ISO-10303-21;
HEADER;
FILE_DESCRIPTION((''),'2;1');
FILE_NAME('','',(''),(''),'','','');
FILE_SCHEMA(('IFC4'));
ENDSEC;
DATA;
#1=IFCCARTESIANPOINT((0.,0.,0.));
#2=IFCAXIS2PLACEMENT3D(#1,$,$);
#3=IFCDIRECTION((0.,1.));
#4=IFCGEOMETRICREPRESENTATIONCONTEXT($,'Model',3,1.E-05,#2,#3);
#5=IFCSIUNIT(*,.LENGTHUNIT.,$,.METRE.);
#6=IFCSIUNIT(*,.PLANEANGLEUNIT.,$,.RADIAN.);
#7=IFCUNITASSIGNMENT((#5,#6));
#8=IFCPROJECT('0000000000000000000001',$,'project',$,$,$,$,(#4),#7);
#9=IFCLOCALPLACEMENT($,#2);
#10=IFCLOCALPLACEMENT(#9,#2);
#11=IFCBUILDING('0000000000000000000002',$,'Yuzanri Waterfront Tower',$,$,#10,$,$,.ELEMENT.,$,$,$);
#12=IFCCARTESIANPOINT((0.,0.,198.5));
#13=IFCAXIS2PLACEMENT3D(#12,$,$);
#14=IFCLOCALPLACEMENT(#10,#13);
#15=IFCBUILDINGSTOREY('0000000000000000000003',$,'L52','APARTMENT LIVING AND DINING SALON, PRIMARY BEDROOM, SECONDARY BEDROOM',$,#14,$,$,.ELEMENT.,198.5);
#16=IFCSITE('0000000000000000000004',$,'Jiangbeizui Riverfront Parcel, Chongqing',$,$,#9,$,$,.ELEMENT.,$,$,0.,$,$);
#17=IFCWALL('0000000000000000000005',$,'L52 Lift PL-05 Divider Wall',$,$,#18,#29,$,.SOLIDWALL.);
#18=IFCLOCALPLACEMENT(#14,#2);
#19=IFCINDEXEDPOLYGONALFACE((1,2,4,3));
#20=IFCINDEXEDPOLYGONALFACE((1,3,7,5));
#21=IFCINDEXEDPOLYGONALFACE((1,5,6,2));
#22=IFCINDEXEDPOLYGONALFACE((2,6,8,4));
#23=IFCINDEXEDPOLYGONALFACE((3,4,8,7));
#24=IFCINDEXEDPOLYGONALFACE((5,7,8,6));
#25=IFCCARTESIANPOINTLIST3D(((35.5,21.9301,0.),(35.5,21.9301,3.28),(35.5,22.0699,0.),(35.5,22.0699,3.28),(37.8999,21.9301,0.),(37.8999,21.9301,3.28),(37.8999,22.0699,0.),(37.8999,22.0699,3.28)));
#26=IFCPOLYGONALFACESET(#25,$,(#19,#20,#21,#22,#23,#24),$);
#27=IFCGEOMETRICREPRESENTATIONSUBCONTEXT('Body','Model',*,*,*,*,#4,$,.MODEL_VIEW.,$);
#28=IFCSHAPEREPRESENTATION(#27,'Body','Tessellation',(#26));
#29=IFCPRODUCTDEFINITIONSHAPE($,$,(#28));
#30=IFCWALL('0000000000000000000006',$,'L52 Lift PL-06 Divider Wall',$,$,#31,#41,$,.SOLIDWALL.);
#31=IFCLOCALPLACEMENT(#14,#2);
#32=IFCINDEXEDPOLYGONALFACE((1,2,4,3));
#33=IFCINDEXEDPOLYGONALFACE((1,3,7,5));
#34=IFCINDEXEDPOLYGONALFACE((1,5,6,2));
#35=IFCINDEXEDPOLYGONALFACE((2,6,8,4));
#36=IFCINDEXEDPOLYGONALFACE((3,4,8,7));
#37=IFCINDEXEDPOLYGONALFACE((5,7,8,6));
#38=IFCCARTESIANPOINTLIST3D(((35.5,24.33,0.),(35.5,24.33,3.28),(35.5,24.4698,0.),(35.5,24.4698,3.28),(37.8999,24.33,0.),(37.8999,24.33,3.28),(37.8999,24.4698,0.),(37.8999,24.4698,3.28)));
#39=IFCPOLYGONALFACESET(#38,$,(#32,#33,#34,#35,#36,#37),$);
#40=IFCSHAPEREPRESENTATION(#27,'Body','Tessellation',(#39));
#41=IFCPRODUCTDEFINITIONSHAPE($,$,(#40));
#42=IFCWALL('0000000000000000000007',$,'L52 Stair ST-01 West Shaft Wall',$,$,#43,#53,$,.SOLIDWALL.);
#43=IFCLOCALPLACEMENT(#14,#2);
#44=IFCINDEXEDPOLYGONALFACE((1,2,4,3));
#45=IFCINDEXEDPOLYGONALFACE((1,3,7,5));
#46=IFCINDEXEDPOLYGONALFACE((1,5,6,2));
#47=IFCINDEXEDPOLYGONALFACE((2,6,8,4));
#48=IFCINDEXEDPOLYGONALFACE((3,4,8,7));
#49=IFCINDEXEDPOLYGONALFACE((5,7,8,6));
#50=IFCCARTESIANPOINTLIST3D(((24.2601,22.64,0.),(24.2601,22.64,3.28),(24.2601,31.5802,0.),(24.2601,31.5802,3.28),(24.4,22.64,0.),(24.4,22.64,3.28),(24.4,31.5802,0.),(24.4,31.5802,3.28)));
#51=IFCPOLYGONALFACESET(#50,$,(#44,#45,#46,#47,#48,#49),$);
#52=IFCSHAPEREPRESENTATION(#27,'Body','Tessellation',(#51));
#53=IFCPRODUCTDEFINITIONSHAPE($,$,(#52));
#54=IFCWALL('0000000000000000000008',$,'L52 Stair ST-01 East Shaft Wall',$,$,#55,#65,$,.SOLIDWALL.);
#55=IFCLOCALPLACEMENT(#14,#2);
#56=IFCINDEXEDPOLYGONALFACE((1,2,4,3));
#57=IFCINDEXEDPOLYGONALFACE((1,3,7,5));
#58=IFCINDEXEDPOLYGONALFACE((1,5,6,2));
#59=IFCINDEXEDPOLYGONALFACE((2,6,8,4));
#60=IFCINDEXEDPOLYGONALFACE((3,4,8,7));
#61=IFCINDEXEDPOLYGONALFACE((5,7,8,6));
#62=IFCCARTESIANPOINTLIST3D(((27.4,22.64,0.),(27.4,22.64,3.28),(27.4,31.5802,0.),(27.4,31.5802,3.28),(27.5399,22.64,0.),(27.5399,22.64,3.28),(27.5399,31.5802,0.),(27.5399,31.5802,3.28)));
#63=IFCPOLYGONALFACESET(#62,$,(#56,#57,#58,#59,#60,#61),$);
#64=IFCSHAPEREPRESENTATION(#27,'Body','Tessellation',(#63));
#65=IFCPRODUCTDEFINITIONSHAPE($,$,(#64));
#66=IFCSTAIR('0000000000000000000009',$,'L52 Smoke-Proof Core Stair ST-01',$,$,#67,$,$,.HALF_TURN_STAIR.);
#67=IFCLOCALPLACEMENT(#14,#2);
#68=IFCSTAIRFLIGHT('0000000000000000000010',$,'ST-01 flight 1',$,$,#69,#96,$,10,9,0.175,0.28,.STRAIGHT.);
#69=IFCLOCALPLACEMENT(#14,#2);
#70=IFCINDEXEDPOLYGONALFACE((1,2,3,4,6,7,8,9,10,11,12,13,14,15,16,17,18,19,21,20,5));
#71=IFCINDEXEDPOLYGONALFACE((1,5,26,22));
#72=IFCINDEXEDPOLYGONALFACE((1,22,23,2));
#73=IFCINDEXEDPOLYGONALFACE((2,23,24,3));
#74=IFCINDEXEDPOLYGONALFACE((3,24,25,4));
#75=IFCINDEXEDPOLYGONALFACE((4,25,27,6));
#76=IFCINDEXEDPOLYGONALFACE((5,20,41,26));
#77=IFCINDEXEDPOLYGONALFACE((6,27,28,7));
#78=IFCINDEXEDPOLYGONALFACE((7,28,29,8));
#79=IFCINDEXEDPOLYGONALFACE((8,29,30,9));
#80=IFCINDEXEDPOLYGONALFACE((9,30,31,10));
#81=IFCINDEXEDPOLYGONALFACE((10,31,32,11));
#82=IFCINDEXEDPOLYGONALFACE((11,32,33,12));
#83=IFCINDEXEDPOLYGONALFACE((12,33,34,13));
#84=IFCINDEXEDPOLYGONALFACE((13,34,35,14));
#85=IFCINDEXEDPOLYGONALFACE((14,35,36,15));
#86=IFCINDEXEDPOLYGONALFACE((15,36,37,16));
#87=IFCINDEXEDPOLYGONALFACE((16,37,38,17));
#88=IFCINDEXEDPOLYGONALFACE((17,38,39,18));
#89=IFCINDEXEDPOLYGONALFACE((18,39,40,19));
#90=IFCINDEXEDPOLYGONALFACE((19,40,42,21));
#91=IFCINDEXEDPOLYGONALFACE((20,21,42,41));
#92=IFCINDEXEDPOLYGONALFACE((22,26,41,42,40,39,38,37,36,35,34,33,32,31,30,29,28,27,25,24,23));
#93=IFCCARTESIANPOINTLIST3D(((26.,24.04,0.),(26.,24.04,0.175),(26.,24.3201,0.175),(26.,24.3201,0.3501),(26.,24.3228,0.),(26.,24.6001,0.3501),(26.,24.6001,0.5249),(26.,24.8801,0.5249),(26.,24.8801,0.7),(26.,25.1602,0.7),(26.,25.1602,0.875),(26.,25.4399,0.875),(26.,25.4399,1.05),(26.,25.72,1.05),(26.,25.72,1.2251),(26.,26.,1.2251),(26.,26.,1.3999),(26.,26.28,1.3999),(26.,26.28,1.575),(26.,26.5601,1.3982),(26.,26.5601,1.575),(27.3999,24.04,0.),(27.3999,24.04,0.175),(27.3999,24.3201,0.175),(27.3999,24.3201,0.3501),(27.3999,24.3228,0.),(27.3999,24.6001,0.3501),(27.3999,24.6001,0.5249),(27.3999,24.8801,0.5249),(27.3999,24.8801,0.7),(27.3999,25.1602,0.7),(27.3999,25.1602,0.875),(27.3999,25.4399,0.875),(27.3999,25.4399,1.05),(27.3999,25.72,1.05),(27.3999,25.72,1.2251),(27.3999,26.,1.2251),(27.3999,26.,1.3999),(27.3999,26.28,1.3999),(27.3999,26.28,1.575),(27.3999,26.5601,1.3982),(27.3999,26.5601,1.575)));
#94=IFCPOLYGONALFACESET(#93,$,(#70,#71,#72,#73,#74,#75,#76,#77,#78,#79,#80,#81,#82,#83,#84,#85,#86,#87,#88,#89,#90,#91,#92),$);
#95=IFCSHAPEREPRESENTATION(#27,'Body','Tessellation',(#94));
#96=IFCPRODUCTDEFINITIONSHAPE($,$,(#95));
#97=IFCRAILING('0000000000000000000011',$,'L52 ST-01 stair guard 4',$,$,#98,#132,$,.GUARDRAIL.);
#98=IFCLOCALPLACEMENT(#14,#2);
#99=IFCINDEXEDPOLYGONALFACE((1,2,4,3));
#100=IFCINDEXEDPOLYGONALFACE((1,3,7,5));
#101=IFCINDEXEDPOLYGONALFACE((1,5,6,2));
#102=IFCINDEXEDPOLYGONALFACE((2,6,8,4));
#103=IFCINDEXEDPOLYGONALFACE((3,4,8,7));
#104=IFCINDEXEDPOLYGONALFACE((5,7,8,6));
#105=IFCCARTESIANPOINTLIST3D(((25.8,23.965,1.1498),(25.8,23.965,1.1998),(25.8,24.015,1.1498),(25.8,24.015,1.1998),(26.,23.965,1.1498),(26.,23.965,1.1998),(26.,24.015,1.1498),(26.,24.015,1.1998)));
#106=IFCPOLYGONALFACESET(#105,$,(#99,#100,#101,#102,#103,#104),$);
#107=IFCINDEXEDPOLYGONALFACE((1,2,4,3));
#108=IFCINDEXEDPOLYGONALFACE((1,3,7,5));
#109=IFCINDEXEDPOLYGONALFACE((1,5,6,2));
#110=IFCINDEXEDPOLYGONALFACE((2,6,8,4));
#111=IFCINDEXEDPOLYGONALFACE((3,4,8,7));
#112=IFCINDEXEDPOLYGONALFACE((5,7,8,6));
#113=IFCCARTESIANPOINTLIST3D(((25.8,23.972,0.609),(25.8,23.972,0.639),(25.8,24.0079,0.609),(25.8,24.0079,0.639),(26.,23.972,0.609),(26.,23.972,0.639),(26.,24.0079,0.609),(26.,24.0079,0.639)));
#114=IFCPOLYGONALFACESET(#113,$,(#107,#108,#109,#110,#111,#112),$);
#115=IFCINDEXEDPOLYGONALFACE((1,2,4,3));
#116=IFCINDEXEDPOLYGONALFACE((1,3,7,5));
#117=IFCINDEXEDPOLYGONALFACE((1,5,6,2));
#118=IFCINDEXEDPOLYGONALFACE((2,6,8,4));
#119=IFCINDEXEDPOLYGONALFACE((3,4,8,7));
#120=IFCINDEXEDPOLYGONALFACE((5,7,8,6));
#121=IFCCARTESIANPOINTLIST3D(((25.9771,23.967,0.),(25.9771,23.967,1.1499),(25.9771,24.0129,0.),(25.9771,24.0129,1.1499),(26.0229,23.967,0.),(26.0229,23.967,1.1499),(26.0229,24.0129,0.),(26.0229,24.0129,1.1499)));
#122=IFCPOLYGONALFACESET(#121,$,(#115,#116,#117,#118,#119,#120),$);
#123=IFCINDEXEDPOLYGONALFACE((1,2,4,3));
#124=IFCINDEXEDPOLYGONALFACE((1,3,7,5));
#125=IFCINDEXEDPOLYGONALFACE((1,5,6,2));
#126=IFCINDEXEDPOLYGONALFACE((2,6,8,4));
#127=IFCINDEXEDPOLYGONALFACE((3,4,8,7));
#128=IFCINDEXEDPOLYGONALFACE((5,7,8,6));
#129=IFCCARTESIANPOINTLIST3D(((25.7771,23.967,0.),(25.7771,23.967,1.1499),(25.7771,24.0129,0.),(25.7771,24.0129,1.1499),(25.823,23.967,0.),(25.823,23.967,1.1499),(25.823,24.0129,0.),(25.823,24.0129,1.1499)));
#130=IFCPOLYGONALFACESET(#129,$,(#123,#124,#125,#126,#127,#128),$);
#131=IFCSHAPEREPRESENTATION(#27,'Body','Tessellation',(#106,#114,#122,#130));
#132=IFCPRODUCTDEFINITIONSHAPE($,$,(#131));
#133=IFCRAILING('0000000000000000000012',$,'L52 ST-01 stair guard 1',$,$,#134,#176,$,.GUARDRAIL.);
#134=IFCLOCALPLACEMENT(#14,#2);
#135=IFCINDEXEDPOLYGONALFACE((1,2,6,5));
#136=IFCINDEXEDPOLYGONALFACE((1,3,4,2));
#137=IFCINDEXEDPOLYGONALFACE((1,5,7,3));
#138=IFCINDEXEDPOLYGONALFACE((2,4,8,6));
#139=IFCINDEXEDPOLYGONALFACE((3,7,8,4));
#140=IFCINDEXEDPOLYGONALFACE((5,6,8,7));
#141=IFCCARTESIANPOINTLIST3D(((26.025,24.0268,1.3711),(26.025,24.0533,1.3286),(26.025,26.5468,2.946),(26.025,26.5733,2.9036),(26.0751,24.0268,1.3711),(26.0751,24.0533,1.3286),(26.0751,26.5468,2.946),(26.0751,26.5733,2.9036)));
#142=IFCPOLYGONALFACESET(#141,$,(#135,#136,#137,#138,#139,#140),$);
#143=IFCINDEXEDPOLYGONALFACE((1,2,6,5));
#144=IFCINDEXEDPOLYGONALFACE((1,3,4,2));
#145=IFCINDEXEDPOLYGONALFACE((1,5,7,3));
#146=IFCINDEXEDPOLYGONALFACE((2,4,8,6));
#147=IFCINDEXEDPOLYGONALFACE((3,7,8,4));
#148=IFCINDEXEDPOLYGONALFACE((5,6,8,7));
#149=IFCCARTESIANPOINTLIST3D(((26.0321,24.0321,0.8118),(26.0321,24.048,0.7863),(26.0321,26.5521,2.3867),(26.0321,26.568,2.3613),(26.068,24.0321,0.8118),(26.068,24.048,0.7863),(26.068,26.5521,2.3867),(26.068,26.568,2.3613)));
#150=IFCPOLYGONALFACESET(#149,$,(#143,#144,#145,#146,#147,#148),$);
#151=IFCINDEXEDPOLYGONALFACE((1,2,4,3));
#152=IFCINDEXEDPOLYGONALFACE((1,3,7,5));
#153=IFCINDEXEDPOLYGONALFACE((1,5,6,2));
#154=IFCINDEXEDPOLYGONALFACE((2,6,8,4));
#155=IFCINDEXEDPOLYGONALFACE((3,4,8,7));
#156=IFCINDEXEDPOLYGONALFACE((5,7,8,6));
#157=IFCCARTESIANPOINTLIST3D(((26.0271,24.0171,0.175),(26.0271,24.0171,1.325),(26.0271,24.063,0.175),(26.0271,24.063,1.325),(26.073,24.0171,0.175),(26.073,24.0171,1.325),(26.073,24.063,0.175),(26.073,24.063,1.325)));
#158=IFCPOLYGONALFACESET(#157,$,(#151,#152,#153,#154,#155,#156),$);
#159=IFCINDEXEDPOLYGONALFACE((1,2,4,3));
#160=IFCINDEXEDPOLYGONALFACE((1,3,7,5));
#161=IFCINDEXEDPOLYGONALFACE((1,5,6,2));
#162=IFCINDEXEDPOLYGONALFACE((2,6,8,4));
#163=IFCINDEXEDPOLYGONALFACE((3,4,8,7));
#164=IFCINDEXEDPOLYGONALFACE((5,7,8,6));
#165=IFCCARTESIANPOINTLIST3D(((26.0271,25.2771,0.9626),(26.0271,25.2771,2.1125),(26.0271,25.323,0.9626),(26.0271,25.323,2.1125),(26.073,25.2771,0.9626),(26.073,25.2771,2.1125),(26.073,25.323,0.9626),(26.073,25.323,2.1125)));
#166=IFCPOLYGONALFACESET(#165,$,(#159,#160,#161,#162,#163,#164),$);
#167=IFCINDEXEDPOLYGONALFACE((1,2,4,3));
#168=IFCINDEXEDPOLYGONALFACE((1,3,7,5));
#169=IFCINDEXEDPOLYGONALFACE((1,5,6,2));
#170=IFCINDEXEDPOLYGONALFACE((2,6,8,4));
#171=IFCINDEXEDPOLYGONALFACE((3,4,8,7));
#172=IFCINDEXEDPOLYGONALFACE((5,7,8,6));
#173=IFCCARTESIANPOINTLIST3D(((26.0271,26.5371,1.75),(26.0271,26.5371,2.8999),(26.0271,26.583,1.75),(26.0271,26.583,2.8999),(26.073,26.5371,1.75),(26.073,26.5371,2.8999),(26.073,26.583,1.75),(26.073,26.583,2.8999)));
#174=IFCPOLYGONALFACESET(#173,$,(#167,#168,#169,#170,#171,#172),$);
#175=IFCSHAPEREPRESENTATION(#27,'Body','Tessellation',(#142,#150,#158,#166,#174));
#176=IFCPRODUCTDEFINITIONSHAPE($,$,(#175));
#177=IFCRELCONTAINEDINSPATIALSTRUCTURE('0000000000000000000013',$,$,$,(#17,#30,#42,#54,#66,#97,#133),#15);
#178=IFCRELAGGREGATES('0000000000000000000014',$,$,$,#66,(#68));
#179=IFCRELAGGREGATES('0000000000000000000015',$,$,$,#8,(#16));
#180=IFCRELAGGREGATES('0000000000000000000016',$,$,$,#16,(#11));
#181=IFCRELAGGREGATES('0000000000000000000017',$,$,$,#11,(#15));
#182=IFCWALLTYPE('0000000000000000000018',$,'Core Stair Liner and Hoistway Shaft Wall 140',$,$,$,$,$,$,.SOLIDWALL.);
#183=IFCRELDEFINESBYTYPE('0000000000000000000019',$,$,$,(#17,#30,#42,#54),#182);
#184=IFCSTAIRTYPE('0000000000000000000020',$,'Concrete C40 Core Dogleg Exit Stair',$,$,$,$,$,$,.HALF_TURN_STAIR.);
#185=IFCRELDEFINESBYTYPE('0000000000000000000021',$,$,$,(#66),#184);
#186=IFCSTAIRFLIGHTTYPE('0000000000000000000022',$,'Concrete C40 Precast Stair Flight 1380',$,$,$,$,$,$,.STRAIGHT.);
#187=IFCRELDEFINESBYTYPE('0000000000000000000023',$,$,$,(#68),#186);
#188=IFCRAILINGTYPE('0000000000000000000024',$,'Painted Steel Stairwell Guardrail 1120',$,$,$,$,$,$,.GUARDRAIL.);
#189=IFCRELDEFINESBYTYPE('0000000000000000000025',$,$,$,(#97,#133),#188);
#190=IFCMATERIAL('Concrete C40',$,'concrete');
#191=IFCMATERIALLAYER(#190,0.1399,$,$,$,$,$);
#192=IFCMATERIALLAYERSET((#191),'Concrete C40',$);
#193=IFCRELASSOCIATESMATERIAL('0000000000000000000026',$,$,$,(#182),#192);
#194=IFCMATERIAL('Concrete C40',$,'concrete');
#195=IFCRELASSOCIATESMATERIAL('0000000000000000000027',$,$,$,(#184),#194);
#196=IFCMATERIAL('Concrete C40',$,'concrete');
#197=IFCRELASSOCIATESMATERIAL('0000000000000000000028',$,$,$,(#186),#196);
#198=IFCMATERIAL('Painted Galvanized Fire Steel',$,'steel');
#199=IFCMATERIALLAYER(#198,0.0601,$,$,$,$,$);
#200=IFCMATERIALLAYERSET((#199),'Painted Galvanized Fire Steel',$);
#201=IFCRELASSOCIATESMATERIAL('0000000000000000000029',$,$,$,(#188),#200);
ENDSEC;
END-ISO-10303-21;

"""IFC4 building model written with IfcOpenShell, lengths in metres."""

from ifc_helpers import new_model, si_unit, direction, frame, frame_2d, origin, origin_2d, place, context, subcontext, project, spatial, polyline, rectangle, outline, extrude, source, transform, mapped, material, layer, layer_set, type_object, element, aggregate, save


model = new_model("IFC4")

# Units and contexts
model_context = context("Model", 3, precision=1e-05, world=origin(), true_north=direction((0.0, 1.0)))
body_context = subcontext(model_context, "Body", "Model", "MODEL_VIEW")
ifc_project = project(units=[si_unit("LENGTHUNIT", "METRE"), si_unit("PLANEANGLEUNIT", "RADIAN")], contexts=[model_context])

# Site, building, storey
site_placement = place(None, origin())
site = spatial("IfcSite", under=ifc_project, at=site_placement, Name="Jiangbeizui Riverfront Parcel, Chongqing", CompositionType="ELEMENT", RefElevation=0.0)
building_placement = place(site_placement, origin())
building = spatial("IfcBuilding", under=site, at=building_placement, Name="Yuzanri Waterfront Tower", CompositionType="ELEMENT")
storey_placement = place(building_placement, frame((0.0, 0.0, 198.5)))
storey = spatial("IfcBuildingStorey", under=building, at=storey_placement, Name="L52", Description="APARTMENT LIVING AND DINING SALON, PRIMARY BEDROOM, SECONDARY BEDROOM", CompositionType="ELEMENT", Elevation=198.5)

# Shared definitions
ifc_material_1 = material(Name="Concrete C40", Category="concrete")
ifc_layer_1 = layer(ifc_material_1, 0.1399)
ifc_layer_set_1 = layer_set([ifc_layer_1], Name="Concrete C40")
wall_type_1 = type_object("IfcWallType", Name="Core Stair Liner and Hoistway Shaft Wall 140", PredefinedType="SOLIDWALL", material=ifc_layer_set_1)

# Walls
shared_shape_1 = source(origin(), body_context, "Body", "SweptSolid", [
    extrude(rectangle(XDim=2.3999, YDim=0.1399, at=frame_2d((1.2, 0.0))), origin(), (0.0, 0.0, 1.0), 3.28),
])
for number, where, z_axis, x_axis, name in (
    (1, (35.5, 22.0, 0.0), (0.0, 0.0, 1.0), (1.0, 0.0, 0.0), "L52 Lift PL-05 Divider Wall"),
    (2, (35.5, 24.3999, 0.0), (0.0, 0.0, 1.0), (1.0, 0.0, 0.0), "L52 Lift PL-06 Divider Wall"),
):
    element("IfcWall", number, at=place(storey_placement, frame(where, z_axis=z_axis, x_axis=x_axis)), inside=storey, type_object=wall_type_1, Name=name, PredefinedType="SOLIDWALL", context=body_context, shape_type="MappedRepresentation", body=[
        mapped(shared_shape_1, transform((0.0, 0.0, 0.0), scale=1.0)),
    ])
shared_shape_2 = source(origin(), body_context, "Body", "SweptSolid", [
    extrude(rectangle(XDim=8.9402, YDim=0.1399, at=frame_2d((4.4702, 0.0))), origin(), (0.0, 0.0, 1.0), 3.28),
])
for number, where, z_axis, x_axis, name in (
    (3, (24.3301, 22.6399, 0.0), (0.0, 0.0, 1.0), (0.0, 1.0, 0.0), "L52 Stair ST-01 West Shaft Wall"),
    (4, (27.47, 22.6399, 0.0), (0.0, 0.0, 1.0), (0.0, 1.0, 0.0), "L52 Stair ST-01 East Shaft Wall"),
):
    element("IfcWall", number, at=place(storey_placement, frame(where, z_axis=z_axis, x_axis=x_axis)), inside=storey, type_object=wall_type_1, Name=name, PredefinedType="SOLIDWALL", context=body_context, shape_type="MappedRepresentation", body=[
        mapped(shared_shape_2, transform((0.0, 0.0, 0.0), scale=1.0)),
    ])

# Stair, stair flight
ifc_material_2 = material(Name="Concrete C40", Category="concrete")
stair_type = type_object("IfcStairType", Name="Concrete C40 Core Dogleg Exit Stair", PredefinedType="HALF_TURN_STAIR", material=ifc_material_2)
stair_placement = place(storey_placement, origin())
stair = element("IfcStair", 5, at=stair_placement, inside=storey, type_object=stair_type, Name="L52 Smoke-Proof Core Stair ST-01", PredefinedType="HALF_TURN_STAIR")
ifc_material_3 = material(Name="Concrete C40", Category="concrete")
stair_flight_type = type_object("IfcStairFlightType", Name="Concrete C40 Precast Stair Flight 1380", PredefinedType="STRAIGHT", material=ifc_material_3)
shared_shape_3 = source(origin(), body_context, "Body", "SweptSolid", [
    extrude(outline(polyline([(0.0, 0.0), (0.0, 0.175), (0.28, 0.175), (0.28, 0.3501), (0.5601, 0.3501), (0.5601, 0.5249), (0.8401, 0.5249), (0.8401, 0.7), (1.1201, 0.7), (1.1201, 0.875), (1.3999, 0.875), (1.3999, 1.05), (1.6799, 1.05), (1.6799, 1.2251), (1.96, 1.2251), (1.96, 1.3999), (2.24, 1.3999), (2.24, 1.575), (2.52, 1.575), (2.52, 1.75), (2.52, 1.3982), (0.2827, 0.0), (0.0, 0.0)])), frame((0.0, 0.7, 0.0), z_axis=(0.0, -1.0, 0.0), x_axis=(1.0, 0.0, 0.0)), (0.0, 0.0, 1.0), 1.3999),
])
stair_flight_placement = place(storey_placement, frame((26.7, 24.04, 0.0), z_axis=(0.0, 0.0, 1.0), x_axis=(0.0, 1.0, 0.0)))
stair_flight = element("IfcStairFlight", 6, at=stair_flight_placement, type_object=stair_flight_type, Name="ST-01 flight 1", NumberOfRisers=10, NumberOfTreads=9, PredefinedType="STRAIGHT", RiserHeight=0.175, TreadLength=0.28, context=body_context, shape_type="MappedRepresentation", body=[
    mapped(shared_shape_3, transform((0.0, 0.0, 0.0), scale=1.0)),
])
aggregate(stair, [stair_flight])

# Railings
ifc_material_4 = material(Name="Painted Galvanized Fire Steel", Category="steel")
ifc_layer_2 = layer(ifc_material_4, 0.0601)
ifc_layer_set_2 = layer_set([ifc_layer_2], Name="Painted Galvanized Fire Steel")
railing_type_1 = type_object("IfcRailingType", Name="Painted Steel Stairwell Guardrail 1120", PredefinedType="GUARDRAIL", material=ifc_layer_set_2)
shared_shape_4 = source(origin(), body_context, "Body", "SweptSolid", [
    extrude(rectangle(XDim=0.05, YDim=0.05, at=origin_2d()), frame((0.0, 0.0, 1.1748), z_axis=(-1.0, 0.0, 0.0), x_axis=(0.0, -1.0, 0.0)), (0.0, 0.0, 1.0), 0.2),
    extrude(rectangle(XDim=0.0359, YDim=0.03, at=origin_2d()), frame((0.0, 0.0, 0.624), z_axis=(-1.0, 0.0, 0.0), x_axis=(0.0, -1.0, 0.0)), (0.0, 0.0, 1.0), 0.2),
    extrude(rectangle(XDim=0.0459, YDim=0.0459, at=origin_2d()), origin(), (0.0, 0.0, 1.0), 1.1499),
    extrude(rectangle(XDim=0.0459, YDim=0.0459, at=origin_2d()), frame((-0.2, 0.0, 0.0)), (0.0, 0.0, 1.0), 1.1499),
])
railing_1_placement = place(storey_placement, frame((26.0, 23.99, 0.0)))
element("IfcRailing", 7, at=railing_1_placement, inside=storey, type_object=railing_type_1, Name="L52 ST-01 stair guard 4", PredefinedType="GUARDRAIL", context=body_context, shape_type="MappedRepresentation", body=[
    mapped(shared_shape_4, transform((0.0, 0.0, 0.0), scale=1.0)),
])
shared_shape_5 = source(origin(), body_context, "Body", "SweptSolid", [
    extrude(rectangle(XDim=0.05, YDim=0.05, at=origin_2d()), frame((0.0, 0.0, 1.1748), z_axis=(0.0, 0.848008, 0.529984), x_axis=(-1.0, 0.0, 0.0)), (0.0, 0.0, 1.0), 2.9717),
    extrude(rectangle(XDim=0.0359, YDim=0.03, at=origin_2d()), frame((0.0, 0.0, 0.624), z_axis=(0.0, 0.848008, 0.529984), x_axis=(-1.0, 0.0, 0.0)), (0.0, 0.0, 1.0), 2.9717),
    extrude(rectangle(XDim=0.0459, YDim=0.0459, at=origin_2d()), origin(), (0.0, 0.0, 1.0), 1.1499),
    extrude(rectangle(XDim=0.0459, YDim=0.0459, at=origin_2d()), frame((0.0, 1.26, 0.7876)), (0.0, 0.0, 1.0), 1.1499),
    extrude(rectangle(XDim=0.0459, YDim=0.0459, at=origin_2d()), frame((0.0, 2.52, 1.575)), (0.0, 0.0, 1.0), 1.1499),
])
railing_2_placement = place(storey_placement, frame((26.05, 24.04, 0.175)))
element("IfcRailing", 8, at=railing_2_placement, inside=storey, type_object=railing_type_1, Name="L52 ST-01 stair guard 1", PredefinedType="GUARDRAIL", context=body_context, shape_type="MappedRepresentation", body=[
    mapped(shared_shape_5, transform((0.0, 0.0, 0.0), scale=1.0)),
])

save(model, "model.ifc")
